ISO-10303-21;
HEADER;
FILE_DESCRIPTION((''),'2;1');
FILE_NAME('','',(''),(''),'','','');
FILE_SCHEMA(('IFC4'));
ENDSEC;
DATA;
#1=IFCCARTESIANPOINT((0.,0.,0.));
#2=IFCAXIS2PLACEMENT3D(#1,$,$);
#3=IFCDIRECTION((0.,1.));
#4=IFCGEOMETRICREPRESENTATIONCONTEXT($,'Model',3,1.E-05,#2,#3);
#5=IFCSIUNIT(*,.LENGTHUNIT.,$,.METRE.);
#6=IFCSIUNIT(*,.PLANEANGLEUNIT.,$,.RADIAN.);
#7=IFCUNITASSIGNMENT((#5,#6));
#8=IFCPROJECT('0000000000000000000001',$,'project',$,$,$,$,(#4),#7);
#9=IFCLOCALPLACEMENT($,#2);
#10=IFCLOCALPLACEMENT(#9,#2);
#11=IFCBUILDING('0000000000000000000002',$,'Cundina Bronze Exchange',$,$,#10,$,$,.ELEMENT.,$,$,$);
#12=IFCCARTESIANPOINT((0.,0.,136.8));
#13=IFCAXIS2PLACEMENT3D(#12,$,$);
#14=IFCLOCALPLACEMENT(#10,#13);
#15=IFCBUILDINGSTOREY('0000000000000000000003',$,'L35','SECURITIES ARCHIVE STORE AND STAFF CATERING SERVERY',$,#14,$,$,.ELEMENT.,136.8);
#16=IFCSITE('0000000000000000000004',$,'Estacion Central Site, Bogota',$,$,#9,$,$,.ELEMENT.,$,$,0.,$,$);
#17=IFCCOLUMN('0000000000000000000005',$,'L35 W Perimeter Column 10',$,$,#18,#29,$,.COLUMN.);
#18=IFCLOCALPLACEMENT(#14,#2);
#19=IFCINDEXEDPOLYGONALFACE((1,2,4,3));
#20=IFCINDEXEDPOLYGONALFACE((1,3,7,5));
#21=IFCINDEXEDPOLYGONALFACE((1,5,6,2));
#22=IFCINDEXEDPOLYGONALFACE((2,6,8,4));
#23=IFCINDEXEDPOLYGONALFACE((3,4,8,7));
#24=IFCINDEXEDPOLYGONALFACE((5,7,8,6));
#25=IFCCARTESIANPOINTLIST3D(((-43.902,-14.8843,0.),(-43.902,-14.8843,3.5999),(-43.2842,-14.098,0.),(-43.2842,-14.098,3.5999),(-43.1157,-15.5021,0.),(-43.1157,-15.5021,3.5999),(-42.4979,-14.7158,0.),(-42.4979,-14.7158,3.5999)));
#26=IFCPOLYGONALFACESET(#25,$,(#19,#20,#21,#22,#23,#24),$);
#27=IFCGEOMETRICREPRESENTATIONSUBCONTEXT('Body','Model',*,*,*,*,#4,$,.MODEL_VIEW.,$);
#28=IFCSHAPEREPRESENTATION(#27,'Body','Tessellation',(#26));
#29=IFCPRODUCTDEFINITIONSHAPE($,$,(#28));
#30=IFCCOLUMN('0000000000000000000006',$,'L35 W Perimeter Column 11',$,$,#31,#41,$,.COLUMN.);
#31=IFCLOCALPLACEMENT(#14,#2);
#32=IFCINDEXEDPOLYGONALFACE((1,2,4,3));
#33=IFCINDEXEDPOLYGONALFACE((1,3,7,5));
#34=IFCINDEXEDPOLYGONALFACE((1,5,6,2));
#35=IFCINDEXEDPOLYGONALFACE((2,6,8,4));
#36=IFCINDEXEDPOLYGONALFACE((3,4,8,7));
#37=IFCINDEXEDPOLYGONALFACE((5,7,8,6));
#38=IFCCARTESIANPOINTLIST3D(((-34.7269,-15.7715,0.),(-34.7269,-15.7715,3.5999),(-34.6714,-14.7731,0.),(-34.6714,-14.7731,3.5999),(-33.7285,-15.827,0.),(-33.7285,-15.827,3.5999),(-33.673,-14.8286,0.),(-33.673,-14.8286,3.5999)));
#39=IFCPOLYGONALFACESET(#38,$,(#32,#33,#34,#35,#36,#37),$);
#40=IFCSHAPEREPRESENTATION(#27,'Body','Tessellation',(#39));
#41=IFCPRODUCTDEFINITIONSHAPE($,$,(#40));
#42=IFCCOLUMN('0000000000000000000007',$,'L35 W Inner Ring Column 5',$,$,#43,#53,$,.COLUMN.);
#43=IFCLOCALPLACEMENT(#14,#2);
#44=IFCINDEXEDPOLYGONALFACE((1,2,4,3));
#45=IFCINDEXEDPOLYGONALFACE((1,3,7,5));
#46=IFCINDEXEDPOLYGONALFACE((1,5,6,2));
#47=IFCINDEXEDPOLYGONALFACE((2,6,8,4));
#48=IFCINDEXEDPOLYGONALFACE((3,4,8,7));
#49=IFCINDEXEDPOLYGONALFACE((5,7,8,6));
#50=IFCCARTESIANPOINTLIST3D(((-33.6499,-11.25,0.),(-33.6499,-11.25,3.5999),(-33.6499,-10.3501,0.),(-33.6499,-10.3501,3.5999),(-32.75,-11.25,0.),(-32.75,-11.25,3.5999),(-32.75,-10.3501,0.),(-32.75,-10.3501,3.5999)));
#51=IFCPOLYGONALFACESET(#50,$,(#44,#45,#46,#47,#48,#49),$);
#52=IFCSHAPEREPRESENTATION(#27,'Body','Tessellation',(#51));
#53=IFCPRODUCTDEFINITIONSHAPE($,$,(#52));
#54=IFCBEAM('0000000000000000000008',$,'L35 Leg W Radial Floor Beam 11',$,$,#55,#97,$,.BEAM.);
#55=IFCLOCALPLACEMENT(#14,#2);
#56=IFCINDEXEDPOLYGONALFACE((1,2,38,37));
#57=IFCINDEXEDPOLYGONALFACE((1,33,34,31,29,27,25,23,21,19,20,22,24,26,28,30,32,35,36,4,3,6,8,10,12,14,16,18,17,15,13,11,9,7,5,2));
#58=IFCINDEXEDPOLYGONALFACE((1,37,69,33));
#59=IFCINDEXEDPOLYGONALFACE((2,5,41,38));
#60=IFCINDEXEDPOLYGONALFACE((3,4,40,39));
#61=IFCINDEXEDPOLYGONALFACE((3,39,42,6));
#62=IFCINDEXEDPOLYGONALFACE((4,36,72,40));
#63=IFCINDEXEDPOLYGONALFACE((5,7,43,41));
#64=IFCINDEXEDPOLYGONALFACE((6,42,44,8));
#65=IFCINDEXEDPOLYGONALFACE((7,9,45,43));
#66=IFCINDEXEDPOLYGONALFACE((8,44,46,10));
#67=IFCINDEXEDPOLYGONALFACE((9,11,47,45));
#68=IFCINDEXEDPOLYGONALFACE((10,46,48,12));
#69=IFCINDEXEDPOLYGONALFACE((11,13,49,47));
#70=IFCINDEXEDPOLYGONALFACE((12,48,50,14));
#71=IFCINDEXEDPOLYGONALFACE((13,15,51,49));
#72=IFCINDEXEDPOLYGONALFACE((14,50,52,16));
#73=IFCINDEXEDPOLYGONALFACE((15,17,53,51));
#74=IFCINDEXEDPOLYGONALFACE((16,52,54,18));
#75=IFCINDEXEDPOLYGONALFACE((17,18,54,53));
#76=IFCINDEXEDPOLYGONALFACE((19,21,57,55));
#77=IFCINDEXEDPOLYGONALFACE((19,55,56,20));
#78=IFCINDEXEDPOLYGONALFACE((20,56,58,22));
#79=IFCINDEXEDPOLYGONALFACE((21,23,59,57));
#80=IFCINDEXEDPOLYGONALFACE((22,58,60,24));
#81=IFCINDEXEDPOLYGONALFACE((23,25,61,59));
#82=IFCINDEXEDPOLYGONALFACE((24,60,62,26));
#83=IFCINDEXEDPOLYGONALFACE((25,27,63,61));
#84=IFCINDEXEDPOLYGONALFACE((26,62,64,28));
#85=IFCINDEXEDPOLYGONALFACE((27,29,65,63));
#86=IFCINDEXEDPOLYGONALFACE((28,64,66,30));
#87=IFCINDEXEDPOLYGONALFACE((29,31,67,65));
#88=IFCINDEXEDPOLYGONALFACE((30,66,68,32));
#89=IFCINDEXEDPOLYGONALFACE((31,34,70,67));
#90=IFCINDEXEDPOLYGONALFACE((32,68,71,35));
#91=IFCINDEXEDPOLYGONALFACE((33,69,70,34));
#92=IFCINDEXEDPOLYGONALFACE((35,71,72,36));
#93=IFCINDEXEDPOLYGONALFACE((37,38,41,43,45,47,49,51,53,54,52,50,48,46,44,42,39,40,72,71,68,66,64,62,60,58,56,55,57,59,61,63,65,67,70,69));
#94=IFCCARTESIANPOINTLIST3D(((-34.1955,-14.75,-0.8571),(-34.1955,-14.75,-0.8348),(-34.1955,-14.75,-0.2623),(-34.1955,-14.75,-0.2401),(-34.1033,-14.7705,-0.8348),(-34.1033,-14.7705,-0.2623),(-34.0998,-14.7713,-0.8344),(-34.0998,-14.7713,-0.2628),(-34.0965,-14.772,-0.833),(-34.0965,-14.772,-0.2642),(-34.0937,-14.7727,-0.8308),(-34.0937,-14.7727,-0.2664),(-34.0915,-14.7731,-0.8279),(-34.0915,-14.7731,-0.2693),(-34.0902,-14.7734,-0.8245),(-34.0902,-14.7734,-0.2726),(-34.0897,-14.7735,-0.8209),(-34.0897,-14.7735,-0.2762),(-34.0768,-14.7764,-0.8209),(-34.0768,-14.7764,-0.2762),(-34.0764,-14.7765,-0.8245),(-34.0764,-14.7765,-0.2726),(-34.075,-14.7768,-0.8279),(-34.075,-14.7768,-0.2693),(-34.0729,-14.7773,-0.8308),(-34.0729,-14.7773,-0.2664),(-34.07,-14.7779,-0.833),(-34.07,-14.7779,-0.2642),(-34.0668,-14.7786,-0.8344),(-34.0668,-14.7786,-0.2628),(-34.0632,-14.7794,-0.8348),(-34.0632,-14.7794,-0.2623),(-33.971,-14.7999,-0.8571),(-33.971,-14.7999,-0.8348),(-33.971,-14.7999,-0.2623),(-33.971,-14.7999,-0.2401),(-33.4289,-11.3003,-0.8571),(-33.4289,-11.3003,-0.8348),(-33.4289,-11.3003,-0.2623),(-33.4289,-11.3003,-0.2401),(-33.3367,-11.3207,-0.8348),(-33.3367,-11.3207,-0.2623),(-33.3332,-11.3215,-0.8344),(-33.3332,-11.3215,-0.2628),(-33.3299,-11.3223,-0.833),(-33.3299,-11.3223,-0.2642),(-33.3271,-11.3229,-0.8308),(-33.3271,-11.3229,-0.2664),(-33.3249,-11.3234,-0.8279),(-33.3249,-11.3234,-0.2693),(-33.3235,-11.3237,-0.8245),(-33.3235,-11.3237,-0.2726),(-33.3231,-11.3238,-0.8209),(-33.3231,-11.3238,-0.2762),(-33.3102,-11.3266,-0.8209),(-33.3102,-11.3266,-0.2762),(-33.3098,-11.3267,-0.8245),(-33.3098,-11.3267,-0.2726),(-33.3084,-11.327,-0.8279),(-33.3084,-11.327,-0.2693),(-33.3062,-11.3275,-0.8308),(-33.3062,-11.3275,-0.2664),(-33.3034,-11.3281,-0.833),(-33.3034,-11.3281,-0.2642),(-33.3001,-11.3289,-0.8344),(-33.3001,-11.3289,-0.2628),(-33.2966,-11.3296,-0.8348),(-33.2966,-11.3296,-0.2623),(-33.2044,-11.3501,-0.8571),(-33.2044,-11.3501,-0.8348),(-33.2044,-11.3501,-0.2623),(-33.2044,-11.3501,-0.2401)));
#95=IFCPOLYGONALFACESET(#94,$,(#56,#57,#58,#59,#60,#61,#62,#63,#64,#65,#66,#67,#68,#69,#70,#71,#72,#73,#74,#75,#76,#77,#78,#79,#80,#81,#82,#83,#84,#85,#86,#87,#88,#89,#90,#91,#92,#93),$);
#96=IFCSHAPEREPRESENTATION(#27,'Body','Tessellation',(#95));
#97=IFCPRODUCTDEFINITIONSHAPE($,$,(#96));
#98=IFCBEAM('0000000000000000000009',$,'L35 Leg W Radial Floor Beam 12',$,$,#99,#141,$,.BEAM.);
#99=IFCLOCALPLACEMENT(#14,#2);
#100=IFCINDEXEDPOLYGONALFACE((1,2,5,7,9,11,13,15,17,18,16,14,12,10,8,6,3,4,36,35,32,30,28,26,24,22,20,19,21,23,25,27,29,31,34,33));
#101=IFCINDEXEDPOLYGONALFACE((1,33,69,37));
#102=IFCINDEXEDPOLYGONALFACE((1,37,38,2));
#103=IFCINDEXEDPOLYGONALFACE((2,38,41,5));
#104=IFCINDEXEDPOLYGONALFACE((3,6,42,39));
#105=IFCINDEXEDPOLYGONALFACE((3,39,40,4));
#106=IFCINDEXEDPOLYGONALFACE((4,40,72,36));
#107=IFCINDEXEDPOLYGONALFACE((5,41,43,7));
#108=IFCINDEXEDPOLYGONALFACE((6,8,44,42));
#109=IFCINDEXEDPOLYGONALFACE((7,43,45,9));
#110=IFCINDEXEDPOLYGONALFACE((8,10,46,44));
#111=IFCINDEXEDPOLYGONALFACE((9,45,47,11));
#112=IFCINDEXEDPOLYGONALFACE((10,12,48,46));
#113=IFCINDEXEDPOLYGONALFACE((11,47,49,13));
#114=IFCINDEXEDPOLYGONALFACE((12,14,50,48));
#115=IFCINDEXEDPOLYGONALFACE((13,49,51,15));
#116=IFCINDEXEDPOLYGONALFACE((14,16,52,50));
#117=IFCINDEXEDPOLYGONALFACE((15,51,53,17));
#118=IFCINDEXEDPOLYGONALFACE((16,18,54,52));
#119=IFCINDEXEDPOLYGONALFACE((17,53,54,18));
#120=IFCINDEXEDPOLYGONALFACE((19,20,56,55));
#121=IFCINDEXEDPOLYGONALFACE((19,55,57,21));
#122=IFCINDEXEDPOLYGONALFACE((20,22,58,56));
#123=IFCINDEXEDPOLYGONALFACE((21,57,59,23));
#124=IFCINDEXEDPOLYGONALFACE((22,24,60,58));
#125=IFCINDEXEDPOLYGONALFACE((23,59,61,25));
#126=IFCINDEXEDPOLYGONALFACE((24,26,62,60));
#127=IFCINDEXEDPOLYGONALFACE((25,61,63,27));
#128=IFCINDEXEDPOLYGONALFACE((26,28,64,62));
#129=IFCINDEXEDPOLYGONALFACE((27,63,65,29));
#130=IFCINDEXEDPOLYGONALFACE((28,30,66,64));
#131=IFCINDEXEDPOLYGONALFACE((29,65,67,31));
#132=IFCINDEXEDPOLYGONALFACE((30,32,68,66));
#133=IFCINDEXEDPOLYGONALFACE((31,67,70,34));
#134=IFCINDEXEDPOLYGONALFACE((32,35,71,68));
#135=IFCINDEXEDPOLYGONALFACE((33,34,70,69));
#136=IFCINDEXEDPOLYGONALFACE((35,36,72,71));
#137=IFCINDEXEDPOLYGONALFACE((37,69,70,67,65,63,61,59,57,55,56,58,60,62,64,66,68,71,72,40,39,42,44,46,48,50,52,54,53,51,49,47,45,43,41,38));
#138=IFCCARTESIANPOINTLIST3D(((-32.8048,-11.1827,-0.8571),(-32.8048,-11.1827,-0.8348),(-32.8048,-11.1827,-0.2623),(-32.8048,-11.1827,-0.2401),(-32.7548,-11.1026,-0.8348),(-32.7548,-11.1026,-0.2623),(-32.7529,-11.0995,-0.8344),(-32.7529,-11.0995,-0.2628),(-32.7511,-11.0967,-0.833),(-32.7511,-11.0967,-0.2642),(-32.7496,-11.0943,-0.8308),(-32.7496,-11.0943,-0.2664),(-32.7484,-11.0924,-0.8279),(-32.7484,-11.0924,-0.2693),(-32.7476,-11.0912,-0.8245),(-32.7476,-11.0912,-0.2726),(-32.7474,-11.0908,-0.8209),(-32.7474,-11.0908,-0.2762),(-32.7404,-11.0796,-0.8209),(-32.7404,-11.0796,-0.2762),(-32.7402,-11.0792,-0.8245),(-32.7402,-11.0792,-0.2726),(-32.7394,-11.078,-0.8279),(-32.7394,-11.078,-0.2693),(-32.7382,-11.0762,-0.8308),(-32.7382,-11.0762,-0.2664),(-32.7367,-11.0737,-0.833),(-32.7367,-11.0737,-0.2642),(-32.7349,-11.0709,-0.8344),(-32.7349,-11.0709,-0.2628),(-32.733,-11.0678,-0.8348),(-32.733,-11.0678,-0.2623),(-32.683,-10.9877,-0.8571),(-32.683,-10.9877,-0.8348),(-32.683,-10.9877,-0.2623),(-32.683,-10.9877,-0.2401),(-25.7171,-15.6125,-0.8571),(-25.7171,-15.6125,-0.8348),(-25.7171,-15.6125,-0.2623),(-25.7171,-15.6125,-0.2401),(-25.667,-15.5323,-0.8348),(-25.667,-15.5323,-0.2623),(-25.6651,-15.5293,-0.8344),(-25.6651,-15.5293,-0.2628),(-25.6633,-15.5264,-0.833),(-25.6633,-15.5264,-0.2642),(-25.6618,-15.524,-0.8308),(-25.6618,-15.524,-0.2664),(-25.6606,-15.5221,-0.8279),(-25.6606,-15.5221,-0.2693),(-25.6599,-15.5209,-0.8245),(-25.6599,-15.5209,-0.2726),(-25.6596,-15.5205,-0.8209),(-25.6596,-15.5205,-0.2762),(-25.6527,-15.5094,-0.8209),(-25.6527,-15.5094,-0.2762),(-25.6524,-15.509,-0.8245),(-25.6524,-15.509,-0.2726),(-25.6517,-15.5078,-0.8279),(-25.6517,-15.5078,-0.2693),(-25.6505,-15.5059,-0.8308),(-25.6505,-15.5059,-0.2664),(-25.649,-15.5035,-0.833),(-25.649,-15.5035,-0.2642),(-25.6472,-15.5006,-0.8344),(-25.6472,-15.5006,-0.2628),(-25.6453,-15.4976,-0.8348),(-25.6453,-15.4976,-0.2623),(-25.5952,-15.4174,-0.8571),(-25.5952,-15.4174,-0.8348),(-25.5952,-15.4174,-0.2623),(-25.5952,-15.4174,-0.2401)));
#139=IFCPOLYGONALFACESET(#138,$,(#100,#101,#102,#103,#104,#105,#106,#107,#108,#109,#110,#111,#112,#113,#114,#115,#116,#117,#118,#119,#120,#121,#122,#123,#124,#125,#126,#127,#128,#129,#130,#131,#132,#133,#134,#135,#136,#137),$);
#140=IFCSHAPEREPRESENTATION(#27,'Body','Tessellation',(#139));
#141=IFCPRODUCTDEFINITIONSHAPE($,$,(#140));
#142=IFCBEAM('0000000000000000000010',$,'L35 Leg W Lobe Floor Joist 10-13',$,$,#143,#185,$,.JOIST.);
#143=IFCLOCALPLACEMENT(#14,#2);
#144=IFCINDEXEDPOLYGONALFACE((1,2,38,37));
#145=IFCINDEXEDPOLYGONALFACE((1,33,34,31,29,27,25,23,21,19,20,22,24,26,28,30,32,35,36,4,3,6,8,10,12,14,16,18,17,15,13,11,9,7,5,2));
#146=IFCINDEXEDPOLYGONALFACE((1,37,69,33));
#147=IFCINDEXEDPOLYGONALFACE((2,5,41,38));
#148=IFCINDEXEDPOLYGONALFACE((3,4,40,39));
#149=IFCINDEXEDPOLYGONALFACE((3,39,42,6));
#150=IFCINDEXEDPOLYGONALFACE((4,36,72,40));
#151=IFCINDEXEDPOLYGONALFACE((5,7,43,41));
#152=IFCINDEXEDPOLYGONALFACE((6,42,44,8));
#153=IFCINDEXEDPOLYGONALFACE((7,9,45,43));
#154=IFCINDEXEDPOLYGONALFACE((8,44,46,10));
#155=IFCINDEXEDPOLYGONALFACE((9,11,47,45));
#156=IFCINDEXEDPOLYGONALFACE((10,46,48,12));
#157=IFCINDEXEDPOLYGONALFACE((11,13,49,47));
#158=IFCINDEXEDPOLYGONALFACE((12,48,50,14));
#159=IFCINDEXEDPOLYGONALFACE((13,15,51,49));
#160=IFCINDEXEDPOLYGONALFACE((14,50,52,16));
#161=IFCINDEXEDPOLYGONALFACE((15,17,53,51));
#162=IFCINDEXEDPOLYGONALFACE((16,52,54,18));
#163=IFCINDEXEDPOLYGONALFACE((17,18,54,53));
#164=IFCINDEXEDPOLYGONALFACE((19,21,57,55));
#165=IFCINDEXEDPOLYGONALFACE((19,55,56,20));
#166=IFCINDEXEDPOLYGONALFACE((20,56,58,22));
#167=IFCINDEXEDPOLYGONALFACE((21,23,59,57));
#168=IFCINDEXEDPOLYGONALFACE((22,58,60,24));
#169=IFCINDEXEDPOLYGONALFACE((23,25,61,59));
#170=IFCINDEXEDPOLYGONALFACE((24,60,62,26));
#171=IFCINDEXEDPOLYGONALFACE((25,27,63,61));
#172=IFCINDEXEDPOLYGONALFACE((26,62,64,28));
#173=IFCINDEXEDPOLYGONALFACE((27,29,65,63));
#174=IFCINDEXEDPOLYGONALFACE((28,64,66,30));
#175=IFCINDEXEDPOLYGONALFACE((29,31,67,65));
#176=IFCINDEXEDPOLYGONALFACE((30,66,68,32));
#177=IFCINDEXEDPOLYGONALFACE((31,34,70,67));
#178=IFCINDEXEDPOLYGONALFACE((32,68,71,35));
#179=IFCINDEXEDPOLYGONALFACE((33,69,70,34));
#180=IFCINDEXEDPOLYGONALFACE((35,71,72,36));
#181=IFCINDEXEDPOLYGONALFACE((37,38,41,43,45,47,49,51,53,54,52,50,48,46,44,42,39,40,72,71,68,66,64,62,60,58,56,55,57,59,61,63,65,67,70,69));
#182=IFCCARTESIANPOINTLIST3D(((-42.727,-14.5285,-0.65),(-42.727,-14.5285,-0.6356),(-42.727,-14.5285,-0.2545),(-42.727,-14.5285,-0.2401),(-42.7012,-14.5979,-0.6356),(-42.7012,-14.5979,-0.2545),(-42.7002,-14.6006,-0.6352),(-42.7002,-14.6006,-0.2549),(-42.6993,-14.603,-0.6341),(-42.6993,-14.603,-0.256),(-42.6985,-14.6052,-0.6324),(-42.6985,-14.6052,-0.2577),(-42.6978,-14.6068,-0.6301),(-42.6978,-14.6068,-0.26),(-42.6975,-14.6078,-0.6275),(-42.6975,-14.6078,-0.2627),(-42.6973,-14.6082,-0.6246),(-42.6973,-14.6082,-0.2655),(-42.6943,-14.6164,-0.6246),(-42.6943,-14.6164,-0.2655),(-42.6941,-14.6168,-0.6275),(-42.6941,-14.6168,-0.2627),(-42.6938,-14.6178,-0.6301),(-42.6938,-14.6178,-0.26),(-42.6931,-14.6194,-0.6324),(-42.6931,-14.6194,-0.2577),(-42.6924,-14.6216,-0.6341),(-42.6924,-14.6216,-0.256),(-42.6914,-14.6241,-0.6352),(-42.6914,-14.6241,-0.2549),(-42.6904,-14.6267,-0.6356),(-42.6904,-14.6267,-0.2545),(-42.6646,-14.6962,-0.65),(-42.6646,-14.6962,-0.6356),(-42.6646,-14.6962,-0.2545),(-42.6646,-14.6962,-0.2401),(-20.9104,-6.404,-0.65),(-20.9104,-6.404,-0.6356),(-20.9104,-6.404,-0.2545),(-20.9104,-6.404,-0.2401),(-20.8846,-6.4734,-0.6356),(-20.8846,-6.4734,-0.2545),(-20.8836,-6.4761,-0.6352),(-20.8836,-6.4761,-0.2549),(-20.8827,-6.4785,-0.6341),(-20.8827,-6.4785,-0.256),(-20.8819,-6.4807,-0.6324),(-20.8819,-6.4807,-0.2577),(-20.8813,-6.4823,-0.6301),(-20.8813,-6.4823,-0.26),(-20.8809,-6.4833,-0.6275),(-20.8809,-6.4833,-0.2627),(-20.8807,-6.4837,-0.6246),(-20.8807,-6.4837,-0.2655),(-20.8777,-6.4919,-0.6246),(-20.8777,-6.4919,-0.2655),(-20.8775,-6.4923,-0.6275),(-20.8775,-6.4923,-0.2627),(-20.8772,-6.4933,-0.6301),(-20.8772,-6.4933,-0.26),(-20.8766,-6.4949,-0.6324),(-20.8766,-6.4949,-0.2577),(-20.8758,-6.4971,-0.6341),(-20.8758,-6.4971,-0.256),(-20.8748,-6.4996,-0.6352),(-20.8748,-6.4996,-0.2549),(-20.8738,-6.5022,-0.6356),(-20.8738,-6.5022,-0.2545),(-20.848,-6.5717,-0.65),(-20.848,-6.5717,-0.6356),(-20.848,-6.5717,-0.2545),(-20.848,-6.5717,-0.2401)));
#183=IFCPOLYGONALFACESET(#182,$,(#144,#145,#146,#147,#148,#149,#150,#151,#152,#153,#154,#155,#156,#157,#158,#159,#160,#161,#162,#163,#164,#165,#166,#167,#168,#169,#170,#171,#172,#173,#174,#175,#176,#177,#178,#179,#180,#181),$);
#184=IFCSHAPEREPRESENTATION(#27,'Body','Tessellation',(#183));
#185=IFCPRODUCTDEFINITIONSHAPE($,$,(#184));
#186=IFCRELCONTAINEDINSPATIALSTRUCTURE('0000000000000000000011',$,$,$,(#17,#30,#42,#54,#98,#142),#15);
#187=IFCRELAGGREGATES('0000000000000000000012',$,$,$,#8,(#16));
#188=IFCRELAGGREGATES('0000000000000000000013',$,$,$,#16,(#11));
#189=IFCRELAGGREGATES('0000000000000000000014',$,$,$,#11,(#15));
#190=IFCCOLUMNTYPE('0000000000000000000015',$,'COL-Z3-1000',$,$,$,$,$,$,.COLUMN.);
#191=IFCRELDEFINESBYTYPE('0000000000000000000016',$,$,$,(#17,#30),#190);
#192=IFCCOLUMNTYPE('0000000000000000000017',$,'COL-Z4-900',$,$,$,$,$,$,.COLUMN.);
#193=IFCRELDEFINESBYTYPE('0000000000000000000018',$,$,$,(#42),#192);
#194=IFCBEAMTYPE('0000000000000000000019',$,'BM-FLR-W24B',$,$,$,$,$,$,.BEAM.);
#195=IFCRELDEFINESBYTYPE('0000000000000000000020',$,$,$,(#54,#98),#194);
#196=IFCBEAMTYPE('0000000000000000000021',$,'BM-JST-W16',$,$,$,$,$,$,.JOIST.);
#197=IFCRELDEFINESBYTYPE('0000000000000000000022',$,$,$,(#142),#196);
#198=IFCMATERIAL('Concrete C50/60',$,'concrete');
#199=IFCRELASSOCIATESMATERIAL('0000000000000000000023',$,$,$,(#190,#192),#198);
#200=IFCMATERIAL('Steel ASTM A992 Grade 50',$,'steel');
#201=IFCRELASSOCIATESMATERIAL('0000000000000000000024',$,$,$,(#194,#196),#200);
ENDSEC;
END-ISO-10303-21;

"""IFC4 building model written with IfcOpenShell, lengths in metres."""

from ifc_helpers import new_model, si_unit, direction, frame, origin, origin_2d, place, context, subcontext, project, spatial, rectangle, i_section, extrude, material, material_profile, profile_set, type_object, element, save


model = new_model("IFC4")

# Units and contexts
model_context = context("Model", 3, precision=1e-05, world=origin(), true_north=direction((0.0, 1.0)))
body_context = subcontext(model_context, "Body", "Model", "MODEL_VIEW")
ifc_project = project(units=[si_unit("LENGTHUNIT", "METRE"), si_unit("PLANEANGLEUNIT", "RADIAN")], contexts=[model_context])

# Site, building, storey
site_placement = place(None, origin())
site = spatial("IfcSite", under=ifc_project, at=site_placement, Name="Estacion Central Site, Bogota", CompositionType="ELEMENT", RefElevation=0.0)
building_placement = place(site_placement, origin())
building = spatial("IfcBuilding", under=site, at=building_placement, Name="Cundina Bronze Exchange", CompositionType="ELEMENT")
storey_placement = place(building_placement, frame((0.0, 0.0, 136.8)))
storey = spatial("IfcBuildingStorey", under=building, at=storey_placement, Name="L35", Description="SECURITIES ARCHIVE STORE AND STAFF CATERING SERVERY", CompositionType="ELEMENT", Elevation=136.8)

# Columns
ifc_material_1 = material(Name="Concrete C50/60", Category="concrete")
ifc_material_profile_1 = material_profile(ifc_material_1, rectangle(XDim=1.0, YDim=1.0, at=origin_2d()), Name="RC1000X1000", Category="concrete")
ifc_profile_set_1 = profile_set([ifc_material_profile_1], Name="Concrete C50/60")
column_type_1 = type_object("IfcColumnType", Name="COL-Z3-1000", PredefinedType="COLUMN", material=ifc_profile_set_1)
for number, where, z_axis, x_axis, name in (
    (1, (-43.2, -14.8, 0.0), (0.0, 0.0, 1.0), (0.786288, -0.61786, 0.0), "L35 W Perimeter Column 10"),
    (2, (-34.2, -15.3, 0.0), (0.0, 0.0, 1.0), (0.99846, -0.055473, 0.0), "L35 W Perimeter Column 11"),
):
    element("IfcColumn", number, at=place(storey_placement, frame(where, z_axis=z_axis, x_axis=x_axis)), inside=storey, type_object=column_type_1, Name=name, PredefinedType="COLUMN", context=body_context, shape_type="SweptSolid", body=[
        extrude(rectangle(XDim=1.0, YDim=1.0, at=origin_2d()), origin(), (0.0, 0.0, 1.0), 3.5999),
    ])
ifc_material_profile_2 = material_profile(ifc_material_1, rectangle(XDim=0.8999, YDim=0.8999, at=origin_2d()), Name="RC900X900", Category="concrete")
ifc_profile_set_2 = profile_set([ifc_material_profile_2], Name="Concrete C50/60")
column_type_2 = type_object("IfcColumnType", Name="COL-Z4-900", PredefinedType="COLUMN", material=ifc_profile_set_2)
column_placement = place(storey_placement, frame((-33.2, -10.8, 0.0), z_axis=(0.0, 0.0, 1.0), x_axis=(1.0, 0.0, 0.0)))
element("IfcColumn", 3, at=column_placement, inside=storey, type_object=column_type_2, Name="L35 W Inner Ring Column 5", PredefinedType="COLUMN", context=body_context, shape_type="SweptSolid", body=[
    extrude(rectangle(XDim=0.8999, YDim=0.8999, at=origin_2d()), origin(), (0.0, 0.0, 1.0), 3.5999),
])

# Beams
ifc_material_2 = material(Name="Steel ASTM A992 Grade 50", Category="steel")
ifc_material_profile_3 = material_profile(ifc_material_2, i_section(OverallWidth=0.23, OverallDepth=0.6169, WebThickness=0.0132, FlangeThickness=0.0222, FilletRadius=0.0139, at=origin_2d()), Name="W24X94", Category="steel")
ifc_profile_set_3 = profile_set([ifc_material_profile_3], Name="Steel ASTM A992 Grade 50")
beam_type_1 = type_object("IfcBeamType", Name="BM-FLR-W24B", PredefinedType="BEAM", material=ifc_profile_set_3)
beam_1_placement = place(storey_placement, frame((-33.3167, -11.3252, -0.5486), z_axis=(-0.21693, -0.976187, 0.0), x_axis=(0.976187, -0.21693, 0.0)))
element("IfcBeam", 4, at=beam_1_placement, inside=storey, type_object=beam_type_1, Name="L35 Leg W Radial Floor Beam 11", PredefinedType="BEAM", context=body_context, shape_type="SweptSolid", body=[
    extrude(i_section(OverallWidth=0.23, OverallDepth=0.6169, WebThickness=0.0132, FlangeThickness=0.0222, FilletRadius=0.0139, at=origin_2d()), origin(), (0.0, 0.0, 1.0), 3.5339),
])
beam_2_placement = place(storey_placement, frame((-32.7439, -11.0852, -0.5486), z_axis=(0.848003, -0.529991, 0.0), x_axis=(0.529991, 0.848003, 0.0)))
element("IfcBeam", 5, at=beam_2_placement, inside=storey, type_object=beam_type_1, Name="L35 Leg W Radial Floor Beam 12", PredefinedType="BEAM", context=body_context, shape_type="SweptSolid", body=[
    extrude(i_section(OverallWidth=0.23, OverallDepth=0.6169, WebThickness=0.0132, FlangeThickness=0.0222, FilletRadius=0.0139, at=origin_2d()), origin(), (0.0, 0.0, 1.0), 8.3582),
])
ifc_material_profile_4 = material_profile(ifc_material_2, i_section(OverallWidth=0.179, OverallDepth=0.4099, WebThickness=0.0088, FlangeThickness=0.0144, FilletRadius=0.011, at=origin_2d()), Name="W16X45", Category="steel")
ifc_profile_set_4 = profile_set([ifc_material_profile_4], Name="Steel ASTM A992 Grade 50")
beam_type_2 = type_object("IfcBeamType", Name="BM-JST-W16", PredefinedType="JOIST", material=ifc_profile_set_4)
beam_3_placement = place(storey_placement, frame((-42.6958, -14.6123, -0.4451), z_axis=(0.937128, 0.348986, 0.0), x_axis=(-0.348986, 0.937128, 0.0)))
element("IfcBeam", 6, at=beam_3_placement, inside=storey, type_object=beam_type_2, Name="L35 Leg W Lobe Floor Joist 10-13", PredefinedType="JOIST", context=body_context, shape_type="SweptSolid", body=[
    extrude(i_section(OverallWidth=0.179, OverallDepth=0.4099, WebThickness=0.0088, FlangeThickness=0.0144, FilletRadius=0.011, at=origin_2d()), origin(), (0.0, 0.0, 1.0), 23.2803),
])

save(model, "model.ifc")
